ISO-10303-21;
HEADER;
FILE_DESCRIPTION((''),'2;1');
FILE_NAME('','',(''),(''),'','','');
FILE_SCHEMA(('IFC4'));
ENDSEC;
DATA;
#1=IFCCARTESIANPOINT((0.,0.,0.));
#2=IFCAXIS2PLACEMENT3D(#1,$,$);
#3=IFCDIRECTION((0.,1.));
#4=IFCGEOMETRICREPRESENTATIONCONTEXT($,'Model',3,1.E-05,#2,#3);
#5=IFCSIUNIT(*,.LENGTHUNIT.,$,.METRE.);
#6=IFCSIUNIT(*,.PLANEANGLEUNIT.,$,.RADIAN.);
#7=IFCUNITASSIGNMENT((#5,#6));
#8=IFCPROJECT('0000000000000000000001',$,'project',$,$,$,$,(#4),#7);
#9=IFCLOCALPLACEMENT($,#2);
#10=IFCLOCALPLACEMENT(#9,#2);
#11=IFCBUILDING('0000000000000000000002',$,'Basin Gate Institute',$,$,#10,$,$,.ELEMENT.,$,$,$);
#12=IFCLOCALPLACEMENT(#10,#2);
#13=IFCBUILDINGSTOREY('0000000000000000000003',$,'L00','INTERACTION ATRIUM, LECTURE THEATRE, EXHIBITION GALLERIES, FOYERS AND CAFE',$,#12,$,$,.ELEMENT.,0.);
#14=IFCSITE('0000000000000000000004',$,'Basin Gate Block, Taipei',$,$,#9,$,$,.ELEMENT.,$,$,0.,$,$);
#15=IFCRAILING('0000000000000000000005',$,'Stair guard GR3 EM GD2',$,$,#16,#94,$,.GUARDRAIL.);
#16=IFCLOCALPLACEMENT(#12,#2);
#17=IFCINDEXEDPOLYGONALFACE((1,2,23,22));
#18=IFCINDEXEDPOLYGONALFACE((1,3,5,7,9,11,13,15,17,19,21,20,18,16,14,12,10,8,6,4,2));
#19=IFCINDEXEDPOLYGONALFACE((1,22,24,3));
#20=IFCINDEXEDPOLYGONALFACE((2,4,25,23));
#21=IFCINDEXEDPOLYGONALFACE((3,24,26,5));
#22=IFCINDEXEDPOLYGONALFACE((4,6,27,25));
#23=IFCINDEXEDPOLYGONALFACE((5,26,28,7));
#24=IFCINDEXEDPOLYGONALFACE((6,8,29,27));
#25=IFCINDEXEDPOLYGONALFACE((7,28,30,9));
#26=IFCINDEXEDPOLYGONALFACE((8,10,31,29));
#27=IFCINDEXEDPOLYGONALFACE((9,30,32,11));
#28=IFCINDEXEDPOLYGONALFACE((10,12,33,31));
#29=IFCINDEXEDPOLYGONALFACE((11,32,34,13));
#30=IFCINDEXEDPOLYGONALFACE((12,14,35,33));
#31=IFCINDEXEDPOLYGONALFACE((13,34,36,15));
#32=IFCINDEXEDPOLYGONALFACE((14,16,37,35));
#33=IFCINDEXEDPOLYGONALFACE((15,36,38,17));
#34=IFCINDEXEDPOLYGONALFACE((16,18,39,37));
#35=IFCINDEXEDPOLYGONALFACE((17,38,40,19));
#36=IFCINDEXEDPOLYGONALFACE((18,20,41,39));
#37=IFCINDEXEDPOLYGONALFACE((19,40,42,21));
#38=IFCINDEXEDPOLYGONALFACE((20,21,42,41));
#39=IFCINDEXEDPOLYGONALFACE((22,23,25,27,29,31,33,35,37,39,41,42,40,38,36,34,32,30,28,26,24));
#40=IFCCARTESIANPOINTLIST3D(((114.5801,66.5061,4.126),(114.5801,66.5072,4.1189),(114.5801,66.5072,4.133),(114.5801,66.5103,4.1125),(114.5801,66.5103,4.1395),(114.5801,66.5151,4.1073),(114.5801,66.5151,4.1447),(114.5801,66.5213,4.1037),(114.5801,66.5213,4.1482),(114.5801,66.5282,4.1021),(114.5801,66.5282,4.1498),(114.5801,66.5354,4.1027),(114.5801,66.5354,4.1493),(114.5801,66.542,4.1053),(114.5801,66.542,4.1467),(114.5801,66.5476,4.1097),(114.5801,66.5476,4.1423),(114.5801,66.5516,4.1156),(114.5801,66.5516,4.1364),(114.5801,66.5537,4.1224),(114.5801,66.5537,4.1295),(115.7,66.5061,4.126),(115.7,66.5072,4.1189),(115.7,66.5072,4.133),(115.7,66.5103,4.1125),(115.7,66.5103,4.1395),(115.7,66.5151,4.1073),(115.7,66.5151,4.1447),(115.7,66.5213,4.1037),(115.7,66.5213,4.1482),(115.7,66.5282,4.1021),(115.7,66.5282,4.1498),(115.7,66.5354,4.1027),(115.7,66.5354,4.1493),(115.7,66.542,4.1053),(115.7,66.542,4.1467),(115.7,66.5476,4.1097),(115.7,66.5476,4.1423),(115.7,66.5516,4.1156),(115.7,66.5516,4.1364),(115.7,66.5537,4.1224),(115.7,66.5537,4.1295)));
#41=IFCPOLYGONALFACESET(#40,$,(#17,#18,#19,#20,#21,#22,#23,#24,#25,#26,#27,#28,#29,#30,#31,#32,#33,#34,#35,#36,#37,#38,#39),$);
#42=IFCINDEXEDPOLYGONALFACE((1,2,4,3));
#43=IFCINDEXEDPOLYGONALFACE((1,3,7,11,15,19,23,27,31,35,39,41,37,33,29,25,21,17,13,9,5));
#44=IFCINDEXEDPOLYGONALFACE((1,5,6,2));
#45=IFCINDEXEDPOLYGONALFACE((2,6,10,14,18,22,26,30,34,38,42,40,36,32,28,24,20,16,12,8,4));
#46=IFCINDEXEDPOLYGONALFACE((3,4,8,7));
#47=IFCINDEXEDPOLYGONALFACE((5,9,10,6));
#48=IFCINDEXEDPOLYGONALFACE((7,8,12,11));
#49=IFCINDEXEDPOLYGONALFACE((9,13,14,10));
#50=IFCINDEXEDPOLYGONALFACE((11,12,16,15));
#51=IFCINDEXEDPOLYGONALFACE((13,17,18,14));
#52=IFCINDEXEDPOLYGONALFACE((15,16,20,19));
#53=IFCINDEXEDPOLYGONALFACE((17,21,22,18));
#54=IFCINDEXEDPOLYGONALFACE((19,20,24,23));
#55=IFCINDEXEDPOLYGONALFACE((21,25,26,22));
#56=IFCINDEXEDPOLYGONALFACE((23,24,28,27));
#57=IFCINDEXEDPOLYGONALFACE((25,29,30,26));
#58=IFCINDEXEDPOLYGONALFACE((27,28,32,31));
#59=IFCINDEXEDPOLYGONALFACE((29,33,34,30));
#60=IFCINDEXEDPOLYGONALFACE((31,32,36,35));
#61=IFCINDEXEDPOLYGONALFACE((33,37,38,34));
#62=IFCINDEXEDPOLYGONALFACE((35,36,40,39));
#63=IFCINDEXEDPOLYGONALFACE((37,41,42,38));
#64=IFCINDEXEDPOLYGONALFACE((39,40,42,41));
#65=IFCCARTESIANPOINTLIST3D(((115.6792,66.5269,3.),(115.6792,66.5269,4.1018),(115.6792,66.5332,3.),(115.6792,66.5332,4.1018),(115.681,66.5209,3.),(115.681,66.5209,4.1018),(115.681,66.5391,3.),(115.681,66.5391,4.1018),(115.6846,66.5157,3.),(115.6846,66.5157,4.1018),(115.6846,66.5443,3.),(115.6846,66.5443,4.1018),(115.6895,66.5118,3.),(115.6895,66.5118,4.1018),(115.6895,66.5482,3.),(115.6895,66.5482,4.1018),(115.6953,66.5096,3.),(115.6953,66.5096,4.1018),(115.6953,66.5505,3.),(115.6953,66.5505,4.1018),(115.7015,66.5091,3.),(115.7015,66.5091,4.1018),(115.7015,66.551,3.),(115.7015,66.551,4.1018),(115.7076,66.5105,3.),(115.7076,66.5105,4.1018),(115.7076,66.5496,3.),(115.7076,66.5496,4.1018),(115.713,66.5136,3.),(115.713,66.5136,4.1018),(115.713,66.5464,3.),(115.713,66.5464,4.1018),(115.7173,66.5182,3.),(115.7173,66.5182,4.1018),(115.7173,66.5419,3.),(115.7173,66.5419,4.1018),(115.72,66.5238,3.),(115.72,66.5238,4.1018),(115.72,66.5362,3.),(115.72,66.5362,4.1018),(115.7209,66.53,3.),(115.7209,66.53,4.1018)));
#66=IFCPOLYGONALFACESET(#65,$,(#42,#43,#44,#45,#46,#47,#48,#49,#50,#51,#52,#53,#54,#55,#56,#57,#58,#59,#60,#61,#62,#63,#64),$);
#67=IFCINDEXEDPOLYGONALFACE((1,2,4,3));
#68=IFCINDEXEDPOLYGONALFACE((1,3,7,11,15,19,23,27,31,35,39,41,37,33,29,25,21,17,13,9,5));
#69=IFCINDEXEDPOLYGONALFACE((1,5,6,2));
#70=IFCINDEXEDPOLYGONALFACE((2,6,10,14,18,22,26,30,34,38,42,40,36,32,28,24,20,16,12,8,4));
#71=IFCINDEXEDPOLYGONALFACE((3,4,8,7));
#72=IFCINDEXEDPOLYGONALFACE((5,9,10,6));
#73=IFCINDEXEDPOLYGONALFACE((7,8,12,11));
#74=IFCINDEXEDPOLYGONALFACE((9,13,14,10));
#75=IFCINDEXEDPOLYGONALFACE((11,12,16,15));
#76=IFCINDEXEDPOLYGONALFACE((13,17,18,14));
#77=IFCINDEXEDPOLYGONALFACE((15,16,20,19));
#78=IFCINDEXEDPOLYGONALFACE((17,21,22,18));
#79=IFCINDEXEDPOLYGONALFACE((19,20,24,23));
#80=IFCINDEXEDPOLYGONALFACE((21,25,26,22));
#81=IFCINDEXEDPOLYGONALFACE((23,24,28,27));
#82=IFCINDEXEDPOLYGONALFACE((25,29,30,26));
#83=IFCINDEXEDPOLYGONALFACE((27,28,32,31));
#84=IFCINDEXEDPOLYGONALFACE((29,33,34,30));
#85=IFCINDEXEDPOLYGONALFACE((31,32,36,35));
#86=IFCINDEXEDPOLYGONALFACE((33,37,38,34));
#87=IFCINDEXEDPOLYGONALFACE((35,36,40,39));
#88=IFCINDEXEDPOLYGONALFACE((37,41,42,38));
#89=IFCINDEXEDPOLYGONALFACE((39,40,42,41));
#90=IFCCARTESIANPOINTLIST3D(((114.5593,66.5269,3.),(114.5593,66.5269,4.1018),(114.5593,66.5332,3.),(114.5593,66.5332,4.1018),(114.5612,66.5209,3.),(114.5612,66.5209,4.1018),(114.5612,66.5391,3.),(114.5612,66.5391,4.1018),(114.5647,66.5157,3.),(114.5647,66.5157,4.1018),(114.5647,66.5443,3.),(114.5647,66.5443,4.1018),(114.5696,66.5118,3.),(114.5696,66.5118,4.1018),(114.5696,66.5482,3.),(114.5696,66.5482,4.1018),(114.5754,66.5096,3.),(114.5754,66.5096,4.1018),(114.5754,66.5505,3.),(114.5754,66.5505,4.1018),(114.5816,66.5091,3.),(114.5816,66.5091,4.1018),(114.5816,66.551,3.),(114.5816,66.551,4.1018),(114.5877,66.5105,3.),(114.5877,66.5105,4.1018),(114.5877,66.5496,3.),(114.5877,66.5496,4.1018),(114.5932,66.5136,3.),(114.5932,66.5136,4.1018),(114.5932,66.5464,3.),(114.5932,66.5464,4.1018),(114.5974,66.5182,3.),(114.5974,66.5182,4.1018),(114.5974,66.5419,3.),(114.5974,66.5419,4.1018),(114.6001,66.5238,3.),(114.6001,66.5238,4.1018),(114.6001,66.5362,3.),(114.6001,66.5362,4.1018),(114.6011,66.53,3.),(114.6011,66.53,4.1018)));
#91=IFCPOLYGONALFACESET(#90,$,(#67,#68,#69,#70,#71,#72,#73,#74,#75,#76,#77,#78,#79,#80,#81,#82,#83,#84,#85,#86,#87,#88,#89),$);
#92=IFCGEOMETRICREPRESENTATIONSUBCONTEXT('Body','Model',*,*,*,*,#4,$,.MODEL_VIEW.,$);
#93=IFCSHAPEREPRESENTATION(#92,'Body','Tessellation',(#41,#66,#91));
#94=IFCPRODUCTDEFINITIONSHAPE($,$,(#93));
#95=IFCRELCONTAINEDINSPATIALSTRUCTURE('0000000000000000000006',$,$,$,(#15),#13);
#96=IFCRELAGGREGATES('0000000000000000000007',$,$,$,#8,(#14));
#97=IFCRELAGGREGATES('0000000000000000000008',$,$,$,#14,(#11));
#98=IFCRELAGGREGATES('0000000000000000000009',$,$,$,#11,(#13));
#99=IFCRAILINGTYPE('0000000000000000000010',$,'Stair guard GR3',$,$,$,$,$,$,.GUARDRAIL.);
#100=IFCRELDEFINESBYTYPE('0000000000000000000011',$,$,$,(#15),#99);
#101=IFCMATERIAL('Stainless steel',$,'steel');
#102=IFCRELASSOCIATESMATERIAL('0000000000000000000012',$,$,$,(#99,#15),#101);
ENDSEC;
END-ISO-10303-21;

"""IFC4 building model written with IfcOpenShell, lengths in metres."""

from ifc_helpers import new_model, si_unit, direction, frame, origin, origin_2d, place, context, subcontext, project, spatial, circle, extrude, material, type_object, element, save


model = new_model("IFC4")

# Units and contexts
model_context = context("Model", 3, precision=1e-05, world=origin(), true_north=direction((0.0, 1.0)))
body_context = subcontext(model_context, "Body", "Model", "MODEL_VIEW")
ifc_project = project(units=[si_unit("LENGTHUNIT", "METRE"), si_unit("PLANEANGLEUNIT", "RADIAN")], contexts=[model_context])

# Site, building, storey
site_placement = place(None, origin())
site = spatial("IfcSite", under=ifc_project, at=site_placement, Name="Basin Gate Block, Taipei", CompositionType="ELEMENT", RefElevation=0.0)
building_placement = place(site_placement, origin())
building = spatial("IfcBuilding", under=site, at=building_placement, Name="Basin Gate Institute", CompositionType="ELEMENT")
storey_placement = place(building_placement, origin())
storey = spatial("IfcBuildingStorey", under=building, at=storey_placement, Name="L00", Description="INTERACTION ATRIUM, LECTURE THEATRE, EXHIBITION GALLERIES, FOYERS AND CAFE", CompositionType="ELEMENT", Elevation=0.0)

# Railing
ifc_material_1 = material(Name="Stainless steel", Category="steel")
railing_type_1 = type_object("IfcRailingType", Name="Stair guard GR3", PredefinedType="GUARDRAIL", material=ifc_material_1)
railing_1_placement = place(storey_placement, frame((115.7, 66.53, 3.0)))
element("IfcRailing", 1, at=railing_1_placement, inside=storey, type_object=railing_type_1, material=ifc_material_1, Name="Stair guard GR3 EM GD2", PredefinedType="GUARDRAIL", context=body_context, shape_type="SweptSolid", body=[
    extrude(circle(Radius=0.0239, at=origin_2d()), frame((0.0, 0.0, 1.126), z_axis=(-1.0, 0.0, 0.0), x_axis=(0.0, -1.0, 0.0)), (0.0, 0.0, 1.0), 1.1199),
    extrude(circle(Radius=0.021, at=origin_2d()), origin(), (0.0, 0.0, 1.0), 1.1018),
    extrude(circle(Radius=0.021, at=origin_2d()), frame((-1.1199, 0.0, 0.0)), (0.0, 0.0, 1.0), 1.1018),
])

save(model, "model.ifc")
